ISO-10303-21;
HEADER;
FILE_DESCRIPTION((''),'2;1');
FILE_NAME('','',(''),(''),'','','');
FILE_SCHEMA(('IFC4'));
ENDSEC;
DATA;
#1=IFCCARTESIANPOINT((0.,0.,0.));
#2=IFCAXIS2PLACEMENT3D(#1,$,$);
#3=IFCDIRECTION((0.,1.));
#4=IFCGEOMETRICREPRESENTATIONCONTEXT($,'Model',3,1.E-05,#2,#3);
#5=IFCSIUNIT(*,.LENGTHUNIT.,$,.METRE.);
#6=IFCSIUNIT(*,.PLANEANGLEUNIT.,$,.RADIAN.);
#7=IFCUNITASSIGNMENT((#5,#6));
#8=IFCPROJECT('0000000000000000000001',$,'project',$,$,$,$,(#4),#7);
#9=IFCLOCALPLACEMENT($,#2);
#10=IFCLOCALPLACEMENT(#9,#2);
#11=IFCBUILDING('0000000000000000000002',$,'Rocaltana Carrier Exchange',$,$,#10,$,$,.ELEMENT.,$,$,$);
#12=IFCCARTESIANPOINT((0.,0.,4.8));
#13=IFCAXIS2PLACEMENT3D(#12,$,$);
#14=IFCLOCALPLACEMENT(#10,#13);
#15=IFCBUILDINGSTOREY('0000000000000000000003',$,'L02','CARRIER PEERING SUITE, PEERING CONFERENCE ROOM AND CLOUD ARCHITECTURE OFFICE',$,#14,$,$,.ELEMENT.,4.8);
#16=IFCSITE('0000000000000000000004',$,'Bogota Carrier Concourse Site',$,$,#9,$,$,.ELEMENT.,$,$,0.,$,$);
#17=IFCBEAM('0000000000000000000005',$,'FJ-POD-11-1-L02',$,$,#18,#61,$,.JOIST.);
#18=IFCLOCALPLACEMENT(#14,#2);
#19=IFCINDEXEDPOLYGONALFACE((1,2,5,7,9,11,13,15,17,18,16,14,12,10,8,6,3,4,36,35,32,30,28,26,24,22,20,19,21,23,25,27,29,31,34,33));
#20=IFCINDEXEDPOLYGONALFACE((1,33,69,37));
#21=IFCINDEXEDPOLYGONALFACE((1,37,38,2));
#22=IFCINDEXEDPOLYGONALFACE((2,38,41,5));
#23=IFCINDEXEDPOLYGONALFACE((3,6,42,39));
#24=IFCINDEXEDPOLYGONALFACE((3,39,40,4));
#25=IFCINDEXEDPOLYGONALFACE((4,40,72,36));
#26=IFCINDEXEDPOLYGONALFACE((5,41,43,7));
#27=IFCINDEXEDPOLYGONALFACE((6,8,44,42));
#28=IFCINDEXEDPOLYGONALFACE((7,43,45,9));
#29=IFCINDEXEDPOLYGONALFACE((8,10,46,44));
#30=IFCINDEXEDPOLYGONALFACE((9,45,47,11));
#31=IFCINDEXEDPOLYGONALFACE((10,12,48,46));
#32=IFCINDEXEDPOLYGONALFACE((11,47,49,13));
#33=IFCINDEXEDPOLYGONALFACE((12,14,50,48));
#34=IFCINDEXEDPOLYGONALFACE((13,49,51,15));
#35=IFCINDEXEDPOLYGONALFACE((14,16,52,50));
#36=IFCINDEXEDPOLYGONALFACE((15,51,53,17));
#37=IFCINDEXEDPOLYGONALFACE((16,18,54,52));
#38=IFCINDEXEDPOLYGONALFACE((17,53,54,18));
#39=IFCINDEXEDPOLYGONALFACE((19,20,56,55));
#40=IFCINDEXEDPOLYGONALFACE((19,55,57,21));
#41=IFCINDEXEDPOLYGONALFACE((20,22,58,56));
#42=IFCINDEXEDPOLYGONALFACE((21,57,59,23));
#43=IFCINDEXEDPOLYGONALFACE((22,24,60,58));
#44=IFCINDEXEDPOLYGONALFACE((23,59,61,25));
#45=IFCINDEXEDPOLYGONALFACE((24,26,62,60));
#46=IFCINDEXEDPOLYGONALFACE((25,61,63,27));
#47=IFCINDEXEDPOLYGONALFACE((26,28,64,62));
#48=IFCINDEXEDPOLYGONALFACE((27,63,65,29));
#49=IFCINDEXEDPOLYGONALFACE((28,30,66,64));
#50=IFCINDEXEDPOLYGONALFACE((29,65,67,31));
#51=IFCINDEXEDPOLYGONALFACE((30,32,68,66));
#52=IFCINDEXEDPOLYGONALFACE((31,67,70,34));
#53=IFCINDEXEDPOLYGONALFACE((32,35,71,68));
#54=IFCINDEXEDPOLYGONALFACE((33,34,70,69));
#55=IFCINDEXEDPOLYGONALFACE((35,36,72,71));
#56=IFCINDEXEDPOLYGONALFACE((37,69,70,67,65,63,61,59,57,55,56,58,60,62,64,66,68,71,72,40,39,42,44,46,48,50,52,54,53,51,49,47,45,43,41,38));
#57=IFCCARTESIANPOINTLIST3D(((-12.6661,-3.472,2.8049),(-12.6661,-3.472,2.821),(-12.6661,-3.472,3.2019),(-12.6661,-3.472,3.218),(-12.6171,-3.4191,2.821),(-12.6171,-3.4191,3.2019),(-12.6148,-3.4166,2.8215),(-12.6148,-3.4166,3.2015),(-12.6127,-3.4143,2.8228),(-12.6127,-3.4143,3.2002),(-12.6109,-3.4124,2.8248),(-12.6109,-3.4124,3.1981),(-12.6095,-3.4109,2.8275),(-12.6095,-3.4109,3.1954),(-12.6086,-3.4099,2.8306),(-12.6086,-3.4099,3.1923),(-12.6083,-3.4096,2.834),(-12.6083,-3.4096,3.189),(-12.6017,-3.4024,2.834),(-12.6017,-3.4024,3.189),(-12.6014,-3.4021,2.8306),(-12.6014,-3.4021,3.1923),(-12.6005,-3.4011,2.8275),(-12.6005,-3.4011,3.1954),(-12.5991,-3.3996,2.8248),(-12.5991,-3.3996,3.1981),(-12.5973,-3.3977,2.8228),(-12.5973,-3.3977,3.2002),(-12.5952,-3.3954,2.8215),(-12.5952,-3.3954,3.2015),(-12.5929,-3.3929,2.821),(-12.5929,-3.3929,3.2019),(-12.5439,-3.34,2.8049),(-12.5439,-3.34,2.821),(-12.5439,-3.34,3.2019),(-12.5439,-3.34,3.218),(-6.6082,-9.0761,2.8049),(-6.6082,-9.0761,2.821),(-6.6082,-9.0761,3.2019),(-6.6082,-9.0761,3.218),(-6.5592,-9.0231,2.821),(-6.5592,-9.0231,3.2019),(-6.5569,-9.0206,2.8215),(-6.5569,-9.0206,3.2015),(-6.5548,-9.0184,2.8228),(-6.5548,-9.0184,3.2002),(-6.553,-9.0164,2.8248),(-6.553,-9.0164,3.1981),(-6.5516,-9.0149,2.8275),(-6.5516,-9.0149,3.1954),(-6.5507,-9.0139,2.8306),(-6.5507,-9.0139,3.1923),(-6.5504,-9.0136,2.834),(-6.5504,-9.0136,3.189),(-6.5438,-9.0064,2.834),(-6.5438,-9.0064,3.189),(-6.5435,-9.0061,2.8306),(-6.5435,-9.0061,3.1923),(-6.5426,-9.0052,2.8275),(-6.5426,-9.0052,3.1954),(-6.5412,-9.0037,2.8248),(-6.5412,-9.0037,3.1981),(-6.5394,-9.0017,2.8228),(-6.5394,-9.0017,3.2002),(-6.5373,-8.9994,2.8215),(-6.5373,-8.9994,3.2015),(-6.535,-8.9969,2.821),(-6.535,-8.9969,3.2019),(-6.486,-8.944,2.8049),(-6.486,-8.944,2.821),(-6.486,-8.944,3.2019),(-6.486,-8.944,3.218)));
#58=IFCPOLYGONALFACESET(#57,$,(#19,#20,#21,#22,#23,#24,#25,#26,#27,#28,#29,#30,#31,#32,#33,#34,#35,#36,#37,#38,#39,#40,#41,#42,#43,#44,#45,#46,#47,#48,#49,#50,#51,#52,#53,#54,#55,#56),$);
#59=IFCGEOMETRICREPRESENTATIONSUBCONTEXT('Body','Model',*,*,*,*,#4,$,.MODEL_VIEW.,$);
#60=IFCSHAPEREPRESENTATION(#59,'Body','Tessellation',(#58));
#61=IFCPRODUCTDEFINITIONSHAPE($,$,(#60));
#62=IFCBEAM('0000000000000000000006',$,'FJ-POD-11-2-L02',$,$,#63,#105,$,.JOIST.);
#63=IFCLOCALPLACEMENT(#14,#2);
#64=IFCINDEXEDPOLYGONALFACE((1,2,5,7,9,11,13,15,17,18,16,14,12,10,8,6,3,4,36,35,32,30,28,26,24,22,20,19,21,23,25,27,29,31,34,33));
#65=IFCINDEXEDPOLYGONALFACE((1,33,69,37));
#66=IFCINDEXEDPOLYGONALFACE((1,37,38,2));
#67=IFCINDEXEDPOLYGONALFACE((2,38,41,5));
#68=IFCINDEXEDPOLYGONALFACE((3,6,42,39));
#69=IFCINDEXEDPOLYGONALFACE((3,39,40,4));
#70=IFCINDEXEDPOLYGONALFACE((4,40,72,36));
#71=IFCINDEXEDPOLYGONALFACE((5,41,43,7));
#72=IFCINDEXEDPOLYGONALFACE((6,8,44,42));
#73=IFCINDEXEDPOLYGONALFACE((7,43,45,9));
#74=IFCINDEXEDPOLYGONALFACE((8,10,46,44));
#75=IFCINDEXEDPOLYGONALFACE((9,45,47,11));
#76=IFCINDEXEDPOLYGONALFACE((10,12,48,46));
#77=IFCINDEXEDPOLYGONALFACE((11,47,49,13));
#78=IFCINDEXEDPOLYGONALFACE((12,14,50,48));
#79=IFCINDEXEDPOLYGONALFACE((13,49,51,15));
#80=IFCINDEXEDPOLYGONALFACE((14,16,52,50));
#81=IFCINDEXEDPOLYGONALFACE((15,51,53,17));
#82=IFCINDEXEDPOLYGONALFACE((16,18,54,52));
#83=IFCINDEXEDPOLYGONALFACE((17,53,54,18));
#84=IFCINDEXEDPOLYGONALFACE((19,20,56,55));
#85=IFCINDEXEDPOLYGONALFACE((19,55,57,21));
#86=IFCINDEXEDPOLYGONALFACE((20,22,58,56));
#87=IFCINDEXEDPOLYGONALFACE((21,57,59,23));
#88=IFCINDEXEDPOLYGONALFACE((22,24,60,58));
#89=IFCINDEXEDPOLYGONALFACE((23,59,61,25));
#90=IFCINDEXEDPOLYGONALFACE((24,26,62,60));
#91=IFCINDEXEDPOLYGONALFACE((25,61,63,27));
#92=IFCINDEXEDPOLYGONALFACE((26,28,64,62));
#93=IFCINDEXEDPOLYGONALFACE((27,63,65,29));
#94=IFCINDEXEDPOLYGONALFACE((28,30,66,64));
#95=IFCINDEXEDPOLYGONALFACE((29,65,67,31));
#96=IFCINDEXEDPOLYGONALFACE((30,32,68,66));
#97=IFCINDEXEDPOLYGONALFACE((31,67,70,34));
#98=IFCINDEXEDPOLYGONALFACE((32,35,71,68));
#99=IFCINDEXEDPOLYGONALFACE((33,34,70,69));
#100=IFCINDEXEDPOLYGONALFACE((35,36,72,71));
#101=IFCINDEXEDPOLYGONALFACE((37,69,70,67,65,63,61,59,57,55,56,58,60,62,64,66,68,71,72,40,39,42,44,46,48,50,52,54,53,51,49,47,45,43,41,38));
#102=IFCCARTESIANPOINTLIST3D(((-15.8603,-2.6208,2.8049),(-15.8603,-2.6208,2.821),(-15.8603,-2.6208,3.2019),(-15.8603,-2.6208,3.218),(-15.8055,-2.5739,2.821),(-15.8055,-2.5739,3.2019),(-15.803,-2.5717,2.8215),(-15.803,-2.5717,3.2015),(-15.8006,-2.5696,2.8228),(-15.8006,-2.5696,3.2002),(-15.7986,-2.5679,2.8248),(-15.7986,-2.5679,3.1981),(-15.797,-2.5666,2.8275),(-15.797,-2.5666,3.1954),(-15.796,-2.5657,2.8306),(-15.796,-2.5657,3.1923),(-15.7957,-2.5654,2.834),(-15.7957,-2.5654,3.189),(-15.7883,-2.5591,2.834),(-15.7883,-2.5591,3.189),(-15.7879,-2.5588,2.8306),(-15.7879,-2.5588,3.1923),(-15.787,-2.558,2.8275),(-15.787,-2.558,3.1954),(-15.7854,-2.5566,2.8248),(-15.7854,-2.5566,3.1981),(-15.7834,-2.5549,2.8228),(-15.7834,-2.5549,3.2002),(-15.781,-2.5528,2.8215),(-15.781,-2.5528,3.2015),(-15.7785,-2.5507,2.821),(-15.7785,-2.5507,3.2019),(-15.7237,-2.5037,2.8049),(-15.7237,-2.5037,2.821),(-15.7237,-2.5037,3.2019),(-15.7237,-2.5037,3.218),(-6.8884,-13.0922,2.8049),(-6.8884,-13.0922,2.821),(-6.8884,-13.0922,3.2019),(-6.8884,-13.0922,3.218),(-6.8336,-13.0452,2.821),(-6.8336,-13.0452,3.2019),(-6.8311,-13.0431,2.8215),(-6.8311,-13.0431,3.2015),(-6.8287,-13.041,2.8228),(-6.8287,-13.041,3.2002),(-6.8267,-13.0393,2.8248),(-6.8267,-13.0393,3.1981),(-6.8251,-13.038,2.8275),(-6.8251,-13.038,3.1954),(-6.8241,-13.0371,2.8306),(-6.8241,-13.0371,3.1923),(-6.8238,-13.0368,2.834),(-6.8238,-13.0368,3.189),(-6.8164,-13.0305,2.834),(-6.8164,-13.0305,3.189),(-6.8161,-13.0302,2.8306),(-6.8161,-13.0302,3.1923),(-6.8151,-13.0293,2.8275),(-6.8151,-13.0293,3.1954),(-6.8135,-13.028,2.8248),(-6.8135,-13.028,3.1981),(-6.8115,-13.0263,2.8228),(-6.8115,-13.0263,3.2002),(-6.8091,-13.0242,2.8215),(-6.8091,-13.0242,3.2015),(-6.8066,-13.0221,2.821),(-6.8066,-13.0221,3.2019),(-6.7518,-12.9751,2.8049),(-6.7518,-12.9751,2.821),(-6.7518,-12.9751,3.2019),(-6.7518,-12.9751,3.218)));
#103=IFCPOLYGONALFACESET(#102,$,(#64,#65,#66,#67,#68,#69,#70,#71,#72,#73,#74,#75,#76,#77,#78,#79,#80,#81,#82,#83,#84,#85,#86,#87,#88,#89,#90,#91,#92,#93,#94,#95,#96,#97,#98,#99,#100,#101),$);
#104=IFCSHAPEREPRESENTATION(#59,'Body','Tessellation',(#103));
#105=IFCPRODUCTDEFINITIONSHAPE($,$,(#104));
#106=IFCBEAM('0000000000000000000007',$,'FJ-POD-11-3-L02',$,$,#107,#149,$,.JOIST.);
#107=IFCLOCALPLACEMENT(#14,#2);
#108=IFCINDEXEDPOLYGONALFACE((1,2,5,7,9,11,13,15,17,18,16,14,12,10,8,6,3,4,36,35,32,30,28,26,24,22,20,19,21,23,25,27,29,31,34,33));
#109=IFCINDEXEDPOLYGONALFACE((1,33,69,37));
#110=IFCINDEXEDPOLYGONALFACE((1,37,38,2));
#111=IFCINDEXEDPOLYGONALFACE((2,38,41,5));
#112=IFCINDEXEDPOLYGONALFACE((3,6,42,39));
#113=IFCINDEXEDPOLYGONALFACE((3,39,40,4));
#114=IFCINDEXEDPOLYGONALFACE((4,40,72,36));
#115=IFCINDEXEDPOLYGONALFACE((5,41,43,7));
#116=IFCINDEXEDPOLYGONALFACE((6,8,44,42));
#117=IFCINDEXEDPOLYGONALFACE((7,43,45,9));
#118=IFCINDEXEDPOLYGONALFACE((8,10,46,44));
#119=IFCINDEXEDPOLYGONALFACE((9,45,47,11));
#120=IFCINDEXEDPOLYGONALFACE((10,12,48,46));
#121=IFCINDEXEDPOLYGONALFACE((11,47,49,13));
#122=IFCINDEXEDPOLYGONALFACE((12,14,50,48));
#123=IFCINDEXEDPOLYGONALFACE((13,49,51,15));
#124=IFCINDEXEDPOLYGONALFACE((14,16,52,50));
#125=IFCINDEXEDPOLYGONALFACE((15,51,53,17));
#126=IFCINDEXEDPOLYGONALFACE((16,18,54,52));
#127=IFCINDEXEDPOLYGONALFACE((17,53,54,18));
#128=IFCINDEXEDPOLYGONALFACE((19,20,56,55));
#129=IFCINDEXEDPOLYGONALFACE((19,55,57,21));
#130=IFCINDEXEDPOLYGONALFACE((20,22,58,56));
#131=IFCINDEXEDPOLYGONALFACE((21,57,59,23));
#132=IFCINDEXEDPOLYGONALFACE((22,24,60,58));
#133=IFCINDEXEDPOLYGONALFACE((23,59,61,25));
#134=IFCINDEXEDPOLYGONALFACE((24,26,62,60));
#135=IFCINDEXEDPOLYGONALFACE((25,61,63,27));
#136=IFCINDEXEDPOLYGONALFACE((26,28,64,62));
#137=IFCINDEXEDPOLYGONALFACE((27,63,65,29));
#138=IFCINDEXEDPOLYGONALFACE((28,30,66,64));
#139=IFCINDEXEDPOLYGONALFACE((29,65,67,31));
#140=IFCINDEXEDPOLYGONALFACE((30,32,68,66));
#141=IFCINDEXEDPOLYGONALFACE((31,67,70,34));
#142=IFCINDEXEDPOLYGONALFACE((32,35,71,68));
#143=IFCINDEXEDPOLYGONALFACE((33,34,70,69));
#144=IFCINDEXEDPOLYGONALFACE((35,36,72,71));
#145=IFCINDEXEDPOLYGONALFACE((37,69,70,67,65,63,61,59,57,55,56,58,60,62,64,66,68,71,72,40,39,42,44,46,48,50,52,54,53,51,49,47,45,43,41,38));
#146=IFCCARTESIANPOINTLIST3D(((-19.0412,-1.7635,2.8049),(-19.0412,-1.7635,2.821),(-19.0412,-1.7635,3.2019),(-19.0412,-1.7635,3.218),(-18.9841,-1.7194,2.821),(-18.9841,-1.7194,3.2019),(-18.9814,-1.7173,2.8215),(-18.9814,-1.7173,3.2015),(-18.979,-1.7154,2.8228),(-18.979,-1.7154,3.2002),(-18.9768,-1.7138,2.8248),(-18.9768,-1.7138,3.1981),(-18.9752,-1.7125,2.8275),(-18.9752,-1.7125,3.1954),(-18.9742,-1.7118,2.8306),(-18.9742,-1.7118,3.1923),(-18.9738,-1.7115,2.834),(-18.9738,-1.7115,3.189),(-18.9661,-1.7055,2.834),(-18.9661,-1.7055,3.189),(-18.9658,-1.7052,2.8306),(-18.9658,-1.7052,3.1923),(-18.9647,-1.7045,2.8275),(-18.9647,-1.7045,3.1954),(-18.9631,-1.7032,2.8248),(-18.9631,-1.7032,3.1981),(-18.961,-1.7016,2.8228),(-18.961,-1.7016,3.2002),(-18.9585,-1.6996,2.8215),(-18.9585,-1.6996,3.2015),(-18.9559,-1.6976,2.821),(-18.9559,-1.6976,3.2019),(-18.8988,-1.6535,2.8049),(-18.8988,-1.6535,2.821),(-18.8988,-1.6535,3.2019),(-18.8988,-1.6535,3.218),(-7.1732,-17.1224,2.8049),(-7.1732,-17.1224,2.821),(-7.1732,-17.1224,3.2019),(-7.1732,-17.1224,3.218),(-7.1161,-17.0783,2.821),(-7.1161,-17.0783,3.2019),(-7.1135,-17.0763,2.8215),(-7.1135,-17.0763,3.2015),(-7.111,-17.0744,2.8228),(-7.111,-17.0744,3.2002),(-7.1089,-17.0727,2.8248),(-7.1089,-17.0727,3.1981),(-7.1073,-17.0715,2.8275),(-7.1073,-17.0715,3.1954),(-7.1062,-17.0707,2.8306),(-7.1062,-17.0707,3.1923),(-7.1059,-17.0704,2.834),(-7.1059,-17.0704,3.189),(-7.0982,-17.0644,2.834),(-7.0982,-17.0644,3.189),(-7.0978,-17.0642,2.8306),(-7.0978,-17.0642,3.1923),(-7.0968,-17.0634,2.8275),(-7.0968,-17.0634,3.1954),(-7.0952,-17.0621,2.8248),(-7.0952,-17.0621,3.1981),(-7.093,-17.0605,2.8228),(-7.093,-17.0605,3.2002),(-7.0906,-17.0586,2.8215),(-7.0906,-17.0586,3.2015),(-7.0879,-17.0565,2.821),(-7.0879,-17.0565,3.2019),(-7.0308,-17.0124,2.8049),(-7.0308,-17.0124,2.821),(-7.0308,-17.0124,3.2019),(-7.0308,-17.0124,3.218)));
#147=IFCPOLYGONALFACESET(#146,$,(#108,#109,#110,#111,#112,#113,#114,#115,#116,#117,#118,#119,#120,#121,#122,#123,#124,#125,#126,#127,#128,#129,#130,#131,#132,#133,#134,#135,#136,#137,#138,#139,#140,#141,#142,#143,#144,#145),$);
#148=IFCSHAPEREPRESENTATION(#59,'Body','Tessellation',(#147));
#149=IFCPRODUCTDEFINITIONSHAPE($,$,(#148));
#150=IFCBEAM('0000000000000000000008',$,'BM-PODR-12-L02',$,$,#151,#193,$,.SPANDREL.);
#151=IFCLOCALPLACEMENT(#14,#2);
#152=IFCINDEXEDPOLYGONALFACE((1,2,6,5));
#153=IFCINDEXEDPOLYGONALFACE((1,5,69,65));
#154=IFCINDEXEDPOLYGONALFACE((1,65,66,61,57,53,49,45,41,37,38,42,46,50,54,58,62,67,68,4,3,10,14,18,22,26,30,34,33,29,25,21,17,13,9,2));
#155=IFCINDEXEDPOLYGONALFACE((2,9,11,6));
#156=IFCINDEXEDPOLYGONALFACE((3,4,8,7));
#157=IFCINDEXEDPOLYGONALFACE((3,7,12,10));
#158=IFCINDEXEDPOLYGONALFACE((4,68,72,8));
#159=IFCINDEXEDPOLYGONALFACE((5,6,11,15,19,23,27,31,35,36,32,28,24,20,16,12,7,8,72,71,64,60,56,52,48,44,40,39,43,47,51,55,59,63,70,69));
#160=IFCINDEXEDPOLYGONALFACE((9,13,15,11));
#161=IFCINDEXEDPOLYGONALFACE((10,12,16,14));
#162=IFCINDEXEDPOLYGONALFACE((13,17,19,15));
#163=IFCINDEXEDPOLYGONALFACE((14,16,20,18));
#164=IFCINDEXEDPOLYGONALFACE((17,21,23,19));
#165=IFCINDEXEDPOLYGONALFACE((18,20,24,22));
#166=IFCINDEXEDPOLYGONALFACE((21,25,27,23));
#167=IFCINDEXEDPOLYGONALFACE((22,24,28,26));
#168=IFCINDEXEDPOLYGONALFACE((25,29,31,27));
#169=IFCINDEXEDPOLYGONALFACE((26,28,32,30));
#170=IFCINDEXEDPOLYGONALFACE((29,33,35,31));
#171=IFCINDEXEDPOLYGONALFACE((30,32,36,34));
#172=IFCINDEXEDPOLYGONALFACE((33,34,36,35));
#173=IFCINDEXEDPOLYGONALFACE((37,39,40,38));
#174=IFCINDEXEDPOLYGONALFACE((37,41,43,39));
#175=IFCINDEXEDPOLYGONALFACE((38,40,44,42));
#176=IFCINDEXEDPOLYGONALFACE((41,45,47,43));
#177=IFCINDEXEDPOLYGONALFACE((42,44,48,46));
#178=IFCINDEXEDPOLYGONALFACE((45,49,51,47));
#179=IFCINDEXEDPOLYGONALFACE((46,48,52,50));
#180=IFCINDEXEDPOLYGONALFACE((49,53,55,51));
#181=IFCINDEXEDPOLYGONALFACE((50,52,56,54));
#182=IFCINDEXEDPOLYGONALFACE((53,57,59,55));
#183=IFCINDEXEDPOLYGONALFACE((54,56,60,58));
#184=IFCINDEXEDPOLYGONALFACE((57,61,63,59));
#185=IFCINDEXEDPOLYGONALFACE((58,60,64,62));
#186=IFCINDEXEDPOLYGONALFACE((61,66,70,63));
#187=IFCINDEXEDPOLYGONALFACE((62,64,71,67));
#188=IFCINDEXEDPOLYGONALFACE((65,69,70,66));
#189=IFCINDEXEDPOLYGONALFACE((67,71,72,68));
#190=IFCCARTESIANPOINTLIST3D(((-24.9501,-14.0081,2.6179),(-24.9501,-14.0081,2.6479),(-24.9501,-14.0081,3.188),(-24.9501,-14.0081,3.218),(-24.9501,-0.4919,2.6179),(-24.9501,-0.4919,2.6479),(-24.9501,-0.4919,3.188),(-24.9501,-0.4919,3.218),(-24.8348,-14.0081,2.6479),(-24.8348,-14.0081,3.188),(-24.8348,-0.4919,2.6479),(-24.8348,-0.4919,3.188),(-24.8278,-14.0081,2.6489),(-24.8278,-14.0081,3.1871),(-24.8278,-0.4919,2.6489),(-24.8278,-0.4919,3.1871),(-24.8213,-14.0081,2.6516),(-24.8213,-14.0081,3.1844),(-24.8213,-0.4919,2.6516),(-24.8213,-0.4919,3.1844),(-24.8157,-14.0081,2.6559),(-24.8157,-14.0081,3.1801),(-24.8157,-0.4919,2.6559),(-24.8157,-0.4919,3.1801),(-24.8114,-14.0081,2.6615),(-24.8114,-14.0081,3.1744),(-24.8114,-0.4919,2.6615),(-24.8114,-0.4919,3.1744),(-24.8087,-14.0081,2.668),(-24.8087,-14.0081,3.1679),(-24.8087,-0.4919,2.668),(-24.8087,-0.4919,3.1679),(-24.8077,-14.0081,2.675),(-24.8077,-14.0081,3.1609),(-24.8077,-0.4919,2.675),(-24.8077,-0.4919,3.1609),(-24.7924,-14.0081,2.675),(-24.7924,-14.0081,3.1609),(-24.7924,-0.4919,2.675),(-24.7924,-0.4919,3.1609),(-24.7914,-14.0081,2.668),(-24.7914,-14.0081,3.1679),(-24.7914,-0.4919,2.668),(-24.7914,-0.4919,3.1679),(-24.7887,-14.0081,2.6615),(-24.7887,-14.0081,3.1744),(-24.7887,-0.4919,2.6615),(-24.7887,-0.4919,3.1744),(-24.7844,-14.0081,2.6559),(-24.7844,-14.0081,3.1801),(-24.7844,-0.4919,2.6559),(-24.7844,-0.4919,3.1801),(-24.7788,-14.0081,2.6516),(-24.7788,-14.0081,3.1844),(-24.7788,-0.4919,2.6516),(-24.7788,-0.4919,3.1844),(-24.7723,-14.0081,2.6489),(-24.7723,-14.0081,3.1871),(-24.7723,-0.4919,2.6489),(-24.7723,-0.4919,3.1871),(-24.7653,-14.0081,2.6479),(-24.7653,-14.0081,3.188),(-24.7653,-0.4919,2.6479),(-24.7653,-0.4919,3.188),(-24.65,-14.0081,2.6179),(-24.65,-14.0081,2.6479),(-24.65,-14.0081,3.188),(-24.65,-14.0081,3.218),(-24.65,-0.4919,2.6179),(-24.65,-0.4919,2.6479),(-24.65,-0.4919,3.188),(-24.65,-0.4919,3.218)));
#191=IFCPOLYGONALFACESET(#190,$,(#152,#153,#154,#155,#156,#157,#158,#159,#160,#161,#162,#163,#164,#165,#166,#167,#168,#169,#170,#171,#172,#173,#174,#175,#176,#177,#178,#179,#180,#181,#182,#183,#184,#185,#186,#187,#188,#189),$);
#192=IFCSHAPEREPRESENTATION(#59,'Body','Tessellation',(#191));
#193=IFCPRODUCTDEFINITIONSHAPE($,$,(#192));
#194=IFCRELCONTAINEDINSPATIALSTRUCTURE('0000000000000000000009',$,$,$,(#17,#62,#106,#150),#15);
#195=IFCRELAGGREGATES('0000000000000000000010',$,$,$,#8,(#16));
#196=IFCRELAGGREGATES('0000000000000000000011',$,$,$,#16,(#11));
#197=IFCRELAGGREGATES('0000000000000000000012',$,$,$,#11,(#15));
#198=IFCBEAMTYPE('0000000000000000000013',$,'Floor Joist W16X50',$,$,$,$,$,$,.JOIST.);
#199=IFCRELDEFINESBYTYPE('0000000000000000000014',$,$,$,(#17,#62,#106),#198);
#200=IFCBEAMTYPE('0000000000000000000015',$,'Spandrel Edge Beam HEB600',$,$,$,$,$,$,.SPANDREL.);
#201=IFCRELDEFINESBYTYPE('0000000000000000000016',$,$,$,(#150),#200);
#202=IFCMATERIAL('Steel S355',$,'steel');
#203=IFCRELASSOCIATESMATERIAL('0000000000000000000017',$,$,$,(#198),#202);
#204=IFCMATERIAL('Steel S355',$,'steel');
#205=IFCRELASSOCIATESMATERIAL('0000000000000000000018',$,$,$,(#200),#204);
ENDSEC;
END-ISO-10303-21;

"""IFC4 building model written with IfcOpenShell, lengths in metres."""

from ifc_helpers import new_model, si_unit, direction, frame, origin, origin_2d, place, context, subcontext, project, spatial, i_section, extrude, material, material_profile, profile_set, type_object, element, save


model = new_model("IFC4")

# Units and contexts
model_context = context("Model", 3, precision=1e-05, world=origin(), true_north=direction((0.0, 1.0)))
body_context = subcontext(model_context, "Body", "Model", "MODEL_VIEW")
ifc_project = project(units=[si_unit("LENGTHUNIT", "METRE"), si_unit("PLANEANGLEUNIT", "RADIAN")], contexts=[model_context])

# Site, building, storey
site_placement = place(None, origin())
site = spatial("IfcSite", under=ifc_project, at=site_placement, Name="Bogota Carrier Concourse Site", CompositionType="ELEMENT", RefElevation=0.0)
building_placement = place(site_placement, origin())
building = spatial("IfcBuilding", under=site, at=building_placement, Name="Rocaltana Carrier Exchange", CompositionType="ELEMENT")
storey_placement = place(building_placement, frame((0.0, 0.0, 4.8)))
storey = spatial("IfcBuildingStorey", under=building, at=storey_placement, Name="L02", Description="CARRIER PEERING SUITE, PEERING CONFERENCE ROOM AND CLOUD ARCHITECTURE OFFICE", CompositionType="ELEMENT", Elevation=4.8)

# Beams
ifc_material_1 = material(Name="Steel S355", Category="steel")
ifc_material_profile_1 = material_profile(ifc_material_1, i_section(OverallWidth=0.1799, OverallDepth=0.4131, WebThickness=0.0098, FlangeThickness=0.0161, FilletRadius=0.0129, at=origin_2d()), Name="W16X50")
ifc_profile_set_1 = profile_set([ifc_material_profile_1], Name="Steel S355")
beam_type_1 = type_object("IfcBeamType", Name="Floor Joist W16X50", PredefinedType="JOIST", material=ifc_profile_set_1)
beam_1_placement = place(storey_placement, frame((-12.605, -3.406, 3.0115), z_axis=(0.73407, -0.679073, 0.0), x_axis=(0.679073, 0.73407, 0.0)))
element("IfcBeam", 1, at=beam_1_placement, inside=storey, type_object=beam_type_1, Name="FJ-POD-11-1-L02", PredefinedType="JOIST", context=body_context, shape_type="SweptSolid", body=[
    extrude(i_section(OverallWidth=0.1799, OverallDepth=0.4131, WebThickness=0.0098, FlangeThickness=0.0161, FilletRadius=0.0129, at=origin_2d()), origin(), (0.0, 0.0, 1.0), 8.2524),
])
beam_2_placement = place(storey_placement, frame((-15.792, -2.5623, 3.0115), z_axis=(0.650641, -0.759385, 0.0), x_axis=(0.759385, 0.650641, 0.0)))
element("IfcBeam", 2, at=beam_2_placement, inside=storey, type_object=beam_type_1, Name="FJ-POD-11-2-L02", PredefinedType="JOIST", context=body_context, shape_type="SweptSolid", body=[
    extrude(i_section(OverallWidth=0.1799, OverallDepth=0.4131, WebThickness=0.0098, FlangeThickness=0.0161, FilletRadius=0.0129, at=origin_2d()), origin(), (0.0, 0.0, 1.0), 13.7893),
])
beam_3_placement = place(storey_placement, frame((-18.97, -1.7085, 3.0115), z_axis=(0.611437, -0.791293, 0.0), x_axis=(0.791293, 0.611437, 0.0)))
element("IfcBeam", 3, at=beam_3_placement, inside=storey, type_object=beam_type_1, Name="FJ-POD-11-3-L02", PredefinedType="JOIST", context=body_context, shape_type="SweptSolid", body=[
    extrude(i_section(OverallWidth=0.1799, OverallDepth=0.4131, WebThickness=0.0098, FlangeThickness=0.0161, FilletRadius=0.0129, at=origin_2d()), origin(), (0.0, 0.0, 1.0), 19.4099),
])
ifc_material_2 = material(Name="Steel S355", Category="steel")
ifc_material_profile_2 = material_profile(ifc_material_2, i_section(OverallWidth=0.3, OverallDepth=0.6001, WebThickness=0.0154, FlangeThickness=0.03, FilletRadius=0.0271, at=origin_2d()), Name="HEB600")
ifc_profile_set_2 = profile_set([ifc_material_profile_2], Name="Steel S355")
beam_type_2 = type_object("IfcBeamType", Name="Spandrel Edge Beam HEB600", PredefinedType="SPANDREL", material=ifc_profile_set_2)
beam_4_placement = place(storey_placement, frame((-24.8, -0.4919, 2.918), z_axis=(0.0, -1.0, 0.0), x_axis=(1.0, 0.0, 0.0)))
element("IfcBeam", 4, at=beam_4_placement, inside=storey, type_object=beam_type_2, Name="BM-PODR-12-L02", PredefinedType="SPANDREL", context=body_context, shape_type="SweptSolid", body=[
    extrude(i_section(OverallWidth=0.3, OverallDepth=0.6001, WebThickness=0.0154, FlangeThickness=0.03, FilletRadius=0.0271, at=origin_2d()), origin(), (0.0, 0.0, 1.0), 13.5161),
])

save(model, "model.ifc")
